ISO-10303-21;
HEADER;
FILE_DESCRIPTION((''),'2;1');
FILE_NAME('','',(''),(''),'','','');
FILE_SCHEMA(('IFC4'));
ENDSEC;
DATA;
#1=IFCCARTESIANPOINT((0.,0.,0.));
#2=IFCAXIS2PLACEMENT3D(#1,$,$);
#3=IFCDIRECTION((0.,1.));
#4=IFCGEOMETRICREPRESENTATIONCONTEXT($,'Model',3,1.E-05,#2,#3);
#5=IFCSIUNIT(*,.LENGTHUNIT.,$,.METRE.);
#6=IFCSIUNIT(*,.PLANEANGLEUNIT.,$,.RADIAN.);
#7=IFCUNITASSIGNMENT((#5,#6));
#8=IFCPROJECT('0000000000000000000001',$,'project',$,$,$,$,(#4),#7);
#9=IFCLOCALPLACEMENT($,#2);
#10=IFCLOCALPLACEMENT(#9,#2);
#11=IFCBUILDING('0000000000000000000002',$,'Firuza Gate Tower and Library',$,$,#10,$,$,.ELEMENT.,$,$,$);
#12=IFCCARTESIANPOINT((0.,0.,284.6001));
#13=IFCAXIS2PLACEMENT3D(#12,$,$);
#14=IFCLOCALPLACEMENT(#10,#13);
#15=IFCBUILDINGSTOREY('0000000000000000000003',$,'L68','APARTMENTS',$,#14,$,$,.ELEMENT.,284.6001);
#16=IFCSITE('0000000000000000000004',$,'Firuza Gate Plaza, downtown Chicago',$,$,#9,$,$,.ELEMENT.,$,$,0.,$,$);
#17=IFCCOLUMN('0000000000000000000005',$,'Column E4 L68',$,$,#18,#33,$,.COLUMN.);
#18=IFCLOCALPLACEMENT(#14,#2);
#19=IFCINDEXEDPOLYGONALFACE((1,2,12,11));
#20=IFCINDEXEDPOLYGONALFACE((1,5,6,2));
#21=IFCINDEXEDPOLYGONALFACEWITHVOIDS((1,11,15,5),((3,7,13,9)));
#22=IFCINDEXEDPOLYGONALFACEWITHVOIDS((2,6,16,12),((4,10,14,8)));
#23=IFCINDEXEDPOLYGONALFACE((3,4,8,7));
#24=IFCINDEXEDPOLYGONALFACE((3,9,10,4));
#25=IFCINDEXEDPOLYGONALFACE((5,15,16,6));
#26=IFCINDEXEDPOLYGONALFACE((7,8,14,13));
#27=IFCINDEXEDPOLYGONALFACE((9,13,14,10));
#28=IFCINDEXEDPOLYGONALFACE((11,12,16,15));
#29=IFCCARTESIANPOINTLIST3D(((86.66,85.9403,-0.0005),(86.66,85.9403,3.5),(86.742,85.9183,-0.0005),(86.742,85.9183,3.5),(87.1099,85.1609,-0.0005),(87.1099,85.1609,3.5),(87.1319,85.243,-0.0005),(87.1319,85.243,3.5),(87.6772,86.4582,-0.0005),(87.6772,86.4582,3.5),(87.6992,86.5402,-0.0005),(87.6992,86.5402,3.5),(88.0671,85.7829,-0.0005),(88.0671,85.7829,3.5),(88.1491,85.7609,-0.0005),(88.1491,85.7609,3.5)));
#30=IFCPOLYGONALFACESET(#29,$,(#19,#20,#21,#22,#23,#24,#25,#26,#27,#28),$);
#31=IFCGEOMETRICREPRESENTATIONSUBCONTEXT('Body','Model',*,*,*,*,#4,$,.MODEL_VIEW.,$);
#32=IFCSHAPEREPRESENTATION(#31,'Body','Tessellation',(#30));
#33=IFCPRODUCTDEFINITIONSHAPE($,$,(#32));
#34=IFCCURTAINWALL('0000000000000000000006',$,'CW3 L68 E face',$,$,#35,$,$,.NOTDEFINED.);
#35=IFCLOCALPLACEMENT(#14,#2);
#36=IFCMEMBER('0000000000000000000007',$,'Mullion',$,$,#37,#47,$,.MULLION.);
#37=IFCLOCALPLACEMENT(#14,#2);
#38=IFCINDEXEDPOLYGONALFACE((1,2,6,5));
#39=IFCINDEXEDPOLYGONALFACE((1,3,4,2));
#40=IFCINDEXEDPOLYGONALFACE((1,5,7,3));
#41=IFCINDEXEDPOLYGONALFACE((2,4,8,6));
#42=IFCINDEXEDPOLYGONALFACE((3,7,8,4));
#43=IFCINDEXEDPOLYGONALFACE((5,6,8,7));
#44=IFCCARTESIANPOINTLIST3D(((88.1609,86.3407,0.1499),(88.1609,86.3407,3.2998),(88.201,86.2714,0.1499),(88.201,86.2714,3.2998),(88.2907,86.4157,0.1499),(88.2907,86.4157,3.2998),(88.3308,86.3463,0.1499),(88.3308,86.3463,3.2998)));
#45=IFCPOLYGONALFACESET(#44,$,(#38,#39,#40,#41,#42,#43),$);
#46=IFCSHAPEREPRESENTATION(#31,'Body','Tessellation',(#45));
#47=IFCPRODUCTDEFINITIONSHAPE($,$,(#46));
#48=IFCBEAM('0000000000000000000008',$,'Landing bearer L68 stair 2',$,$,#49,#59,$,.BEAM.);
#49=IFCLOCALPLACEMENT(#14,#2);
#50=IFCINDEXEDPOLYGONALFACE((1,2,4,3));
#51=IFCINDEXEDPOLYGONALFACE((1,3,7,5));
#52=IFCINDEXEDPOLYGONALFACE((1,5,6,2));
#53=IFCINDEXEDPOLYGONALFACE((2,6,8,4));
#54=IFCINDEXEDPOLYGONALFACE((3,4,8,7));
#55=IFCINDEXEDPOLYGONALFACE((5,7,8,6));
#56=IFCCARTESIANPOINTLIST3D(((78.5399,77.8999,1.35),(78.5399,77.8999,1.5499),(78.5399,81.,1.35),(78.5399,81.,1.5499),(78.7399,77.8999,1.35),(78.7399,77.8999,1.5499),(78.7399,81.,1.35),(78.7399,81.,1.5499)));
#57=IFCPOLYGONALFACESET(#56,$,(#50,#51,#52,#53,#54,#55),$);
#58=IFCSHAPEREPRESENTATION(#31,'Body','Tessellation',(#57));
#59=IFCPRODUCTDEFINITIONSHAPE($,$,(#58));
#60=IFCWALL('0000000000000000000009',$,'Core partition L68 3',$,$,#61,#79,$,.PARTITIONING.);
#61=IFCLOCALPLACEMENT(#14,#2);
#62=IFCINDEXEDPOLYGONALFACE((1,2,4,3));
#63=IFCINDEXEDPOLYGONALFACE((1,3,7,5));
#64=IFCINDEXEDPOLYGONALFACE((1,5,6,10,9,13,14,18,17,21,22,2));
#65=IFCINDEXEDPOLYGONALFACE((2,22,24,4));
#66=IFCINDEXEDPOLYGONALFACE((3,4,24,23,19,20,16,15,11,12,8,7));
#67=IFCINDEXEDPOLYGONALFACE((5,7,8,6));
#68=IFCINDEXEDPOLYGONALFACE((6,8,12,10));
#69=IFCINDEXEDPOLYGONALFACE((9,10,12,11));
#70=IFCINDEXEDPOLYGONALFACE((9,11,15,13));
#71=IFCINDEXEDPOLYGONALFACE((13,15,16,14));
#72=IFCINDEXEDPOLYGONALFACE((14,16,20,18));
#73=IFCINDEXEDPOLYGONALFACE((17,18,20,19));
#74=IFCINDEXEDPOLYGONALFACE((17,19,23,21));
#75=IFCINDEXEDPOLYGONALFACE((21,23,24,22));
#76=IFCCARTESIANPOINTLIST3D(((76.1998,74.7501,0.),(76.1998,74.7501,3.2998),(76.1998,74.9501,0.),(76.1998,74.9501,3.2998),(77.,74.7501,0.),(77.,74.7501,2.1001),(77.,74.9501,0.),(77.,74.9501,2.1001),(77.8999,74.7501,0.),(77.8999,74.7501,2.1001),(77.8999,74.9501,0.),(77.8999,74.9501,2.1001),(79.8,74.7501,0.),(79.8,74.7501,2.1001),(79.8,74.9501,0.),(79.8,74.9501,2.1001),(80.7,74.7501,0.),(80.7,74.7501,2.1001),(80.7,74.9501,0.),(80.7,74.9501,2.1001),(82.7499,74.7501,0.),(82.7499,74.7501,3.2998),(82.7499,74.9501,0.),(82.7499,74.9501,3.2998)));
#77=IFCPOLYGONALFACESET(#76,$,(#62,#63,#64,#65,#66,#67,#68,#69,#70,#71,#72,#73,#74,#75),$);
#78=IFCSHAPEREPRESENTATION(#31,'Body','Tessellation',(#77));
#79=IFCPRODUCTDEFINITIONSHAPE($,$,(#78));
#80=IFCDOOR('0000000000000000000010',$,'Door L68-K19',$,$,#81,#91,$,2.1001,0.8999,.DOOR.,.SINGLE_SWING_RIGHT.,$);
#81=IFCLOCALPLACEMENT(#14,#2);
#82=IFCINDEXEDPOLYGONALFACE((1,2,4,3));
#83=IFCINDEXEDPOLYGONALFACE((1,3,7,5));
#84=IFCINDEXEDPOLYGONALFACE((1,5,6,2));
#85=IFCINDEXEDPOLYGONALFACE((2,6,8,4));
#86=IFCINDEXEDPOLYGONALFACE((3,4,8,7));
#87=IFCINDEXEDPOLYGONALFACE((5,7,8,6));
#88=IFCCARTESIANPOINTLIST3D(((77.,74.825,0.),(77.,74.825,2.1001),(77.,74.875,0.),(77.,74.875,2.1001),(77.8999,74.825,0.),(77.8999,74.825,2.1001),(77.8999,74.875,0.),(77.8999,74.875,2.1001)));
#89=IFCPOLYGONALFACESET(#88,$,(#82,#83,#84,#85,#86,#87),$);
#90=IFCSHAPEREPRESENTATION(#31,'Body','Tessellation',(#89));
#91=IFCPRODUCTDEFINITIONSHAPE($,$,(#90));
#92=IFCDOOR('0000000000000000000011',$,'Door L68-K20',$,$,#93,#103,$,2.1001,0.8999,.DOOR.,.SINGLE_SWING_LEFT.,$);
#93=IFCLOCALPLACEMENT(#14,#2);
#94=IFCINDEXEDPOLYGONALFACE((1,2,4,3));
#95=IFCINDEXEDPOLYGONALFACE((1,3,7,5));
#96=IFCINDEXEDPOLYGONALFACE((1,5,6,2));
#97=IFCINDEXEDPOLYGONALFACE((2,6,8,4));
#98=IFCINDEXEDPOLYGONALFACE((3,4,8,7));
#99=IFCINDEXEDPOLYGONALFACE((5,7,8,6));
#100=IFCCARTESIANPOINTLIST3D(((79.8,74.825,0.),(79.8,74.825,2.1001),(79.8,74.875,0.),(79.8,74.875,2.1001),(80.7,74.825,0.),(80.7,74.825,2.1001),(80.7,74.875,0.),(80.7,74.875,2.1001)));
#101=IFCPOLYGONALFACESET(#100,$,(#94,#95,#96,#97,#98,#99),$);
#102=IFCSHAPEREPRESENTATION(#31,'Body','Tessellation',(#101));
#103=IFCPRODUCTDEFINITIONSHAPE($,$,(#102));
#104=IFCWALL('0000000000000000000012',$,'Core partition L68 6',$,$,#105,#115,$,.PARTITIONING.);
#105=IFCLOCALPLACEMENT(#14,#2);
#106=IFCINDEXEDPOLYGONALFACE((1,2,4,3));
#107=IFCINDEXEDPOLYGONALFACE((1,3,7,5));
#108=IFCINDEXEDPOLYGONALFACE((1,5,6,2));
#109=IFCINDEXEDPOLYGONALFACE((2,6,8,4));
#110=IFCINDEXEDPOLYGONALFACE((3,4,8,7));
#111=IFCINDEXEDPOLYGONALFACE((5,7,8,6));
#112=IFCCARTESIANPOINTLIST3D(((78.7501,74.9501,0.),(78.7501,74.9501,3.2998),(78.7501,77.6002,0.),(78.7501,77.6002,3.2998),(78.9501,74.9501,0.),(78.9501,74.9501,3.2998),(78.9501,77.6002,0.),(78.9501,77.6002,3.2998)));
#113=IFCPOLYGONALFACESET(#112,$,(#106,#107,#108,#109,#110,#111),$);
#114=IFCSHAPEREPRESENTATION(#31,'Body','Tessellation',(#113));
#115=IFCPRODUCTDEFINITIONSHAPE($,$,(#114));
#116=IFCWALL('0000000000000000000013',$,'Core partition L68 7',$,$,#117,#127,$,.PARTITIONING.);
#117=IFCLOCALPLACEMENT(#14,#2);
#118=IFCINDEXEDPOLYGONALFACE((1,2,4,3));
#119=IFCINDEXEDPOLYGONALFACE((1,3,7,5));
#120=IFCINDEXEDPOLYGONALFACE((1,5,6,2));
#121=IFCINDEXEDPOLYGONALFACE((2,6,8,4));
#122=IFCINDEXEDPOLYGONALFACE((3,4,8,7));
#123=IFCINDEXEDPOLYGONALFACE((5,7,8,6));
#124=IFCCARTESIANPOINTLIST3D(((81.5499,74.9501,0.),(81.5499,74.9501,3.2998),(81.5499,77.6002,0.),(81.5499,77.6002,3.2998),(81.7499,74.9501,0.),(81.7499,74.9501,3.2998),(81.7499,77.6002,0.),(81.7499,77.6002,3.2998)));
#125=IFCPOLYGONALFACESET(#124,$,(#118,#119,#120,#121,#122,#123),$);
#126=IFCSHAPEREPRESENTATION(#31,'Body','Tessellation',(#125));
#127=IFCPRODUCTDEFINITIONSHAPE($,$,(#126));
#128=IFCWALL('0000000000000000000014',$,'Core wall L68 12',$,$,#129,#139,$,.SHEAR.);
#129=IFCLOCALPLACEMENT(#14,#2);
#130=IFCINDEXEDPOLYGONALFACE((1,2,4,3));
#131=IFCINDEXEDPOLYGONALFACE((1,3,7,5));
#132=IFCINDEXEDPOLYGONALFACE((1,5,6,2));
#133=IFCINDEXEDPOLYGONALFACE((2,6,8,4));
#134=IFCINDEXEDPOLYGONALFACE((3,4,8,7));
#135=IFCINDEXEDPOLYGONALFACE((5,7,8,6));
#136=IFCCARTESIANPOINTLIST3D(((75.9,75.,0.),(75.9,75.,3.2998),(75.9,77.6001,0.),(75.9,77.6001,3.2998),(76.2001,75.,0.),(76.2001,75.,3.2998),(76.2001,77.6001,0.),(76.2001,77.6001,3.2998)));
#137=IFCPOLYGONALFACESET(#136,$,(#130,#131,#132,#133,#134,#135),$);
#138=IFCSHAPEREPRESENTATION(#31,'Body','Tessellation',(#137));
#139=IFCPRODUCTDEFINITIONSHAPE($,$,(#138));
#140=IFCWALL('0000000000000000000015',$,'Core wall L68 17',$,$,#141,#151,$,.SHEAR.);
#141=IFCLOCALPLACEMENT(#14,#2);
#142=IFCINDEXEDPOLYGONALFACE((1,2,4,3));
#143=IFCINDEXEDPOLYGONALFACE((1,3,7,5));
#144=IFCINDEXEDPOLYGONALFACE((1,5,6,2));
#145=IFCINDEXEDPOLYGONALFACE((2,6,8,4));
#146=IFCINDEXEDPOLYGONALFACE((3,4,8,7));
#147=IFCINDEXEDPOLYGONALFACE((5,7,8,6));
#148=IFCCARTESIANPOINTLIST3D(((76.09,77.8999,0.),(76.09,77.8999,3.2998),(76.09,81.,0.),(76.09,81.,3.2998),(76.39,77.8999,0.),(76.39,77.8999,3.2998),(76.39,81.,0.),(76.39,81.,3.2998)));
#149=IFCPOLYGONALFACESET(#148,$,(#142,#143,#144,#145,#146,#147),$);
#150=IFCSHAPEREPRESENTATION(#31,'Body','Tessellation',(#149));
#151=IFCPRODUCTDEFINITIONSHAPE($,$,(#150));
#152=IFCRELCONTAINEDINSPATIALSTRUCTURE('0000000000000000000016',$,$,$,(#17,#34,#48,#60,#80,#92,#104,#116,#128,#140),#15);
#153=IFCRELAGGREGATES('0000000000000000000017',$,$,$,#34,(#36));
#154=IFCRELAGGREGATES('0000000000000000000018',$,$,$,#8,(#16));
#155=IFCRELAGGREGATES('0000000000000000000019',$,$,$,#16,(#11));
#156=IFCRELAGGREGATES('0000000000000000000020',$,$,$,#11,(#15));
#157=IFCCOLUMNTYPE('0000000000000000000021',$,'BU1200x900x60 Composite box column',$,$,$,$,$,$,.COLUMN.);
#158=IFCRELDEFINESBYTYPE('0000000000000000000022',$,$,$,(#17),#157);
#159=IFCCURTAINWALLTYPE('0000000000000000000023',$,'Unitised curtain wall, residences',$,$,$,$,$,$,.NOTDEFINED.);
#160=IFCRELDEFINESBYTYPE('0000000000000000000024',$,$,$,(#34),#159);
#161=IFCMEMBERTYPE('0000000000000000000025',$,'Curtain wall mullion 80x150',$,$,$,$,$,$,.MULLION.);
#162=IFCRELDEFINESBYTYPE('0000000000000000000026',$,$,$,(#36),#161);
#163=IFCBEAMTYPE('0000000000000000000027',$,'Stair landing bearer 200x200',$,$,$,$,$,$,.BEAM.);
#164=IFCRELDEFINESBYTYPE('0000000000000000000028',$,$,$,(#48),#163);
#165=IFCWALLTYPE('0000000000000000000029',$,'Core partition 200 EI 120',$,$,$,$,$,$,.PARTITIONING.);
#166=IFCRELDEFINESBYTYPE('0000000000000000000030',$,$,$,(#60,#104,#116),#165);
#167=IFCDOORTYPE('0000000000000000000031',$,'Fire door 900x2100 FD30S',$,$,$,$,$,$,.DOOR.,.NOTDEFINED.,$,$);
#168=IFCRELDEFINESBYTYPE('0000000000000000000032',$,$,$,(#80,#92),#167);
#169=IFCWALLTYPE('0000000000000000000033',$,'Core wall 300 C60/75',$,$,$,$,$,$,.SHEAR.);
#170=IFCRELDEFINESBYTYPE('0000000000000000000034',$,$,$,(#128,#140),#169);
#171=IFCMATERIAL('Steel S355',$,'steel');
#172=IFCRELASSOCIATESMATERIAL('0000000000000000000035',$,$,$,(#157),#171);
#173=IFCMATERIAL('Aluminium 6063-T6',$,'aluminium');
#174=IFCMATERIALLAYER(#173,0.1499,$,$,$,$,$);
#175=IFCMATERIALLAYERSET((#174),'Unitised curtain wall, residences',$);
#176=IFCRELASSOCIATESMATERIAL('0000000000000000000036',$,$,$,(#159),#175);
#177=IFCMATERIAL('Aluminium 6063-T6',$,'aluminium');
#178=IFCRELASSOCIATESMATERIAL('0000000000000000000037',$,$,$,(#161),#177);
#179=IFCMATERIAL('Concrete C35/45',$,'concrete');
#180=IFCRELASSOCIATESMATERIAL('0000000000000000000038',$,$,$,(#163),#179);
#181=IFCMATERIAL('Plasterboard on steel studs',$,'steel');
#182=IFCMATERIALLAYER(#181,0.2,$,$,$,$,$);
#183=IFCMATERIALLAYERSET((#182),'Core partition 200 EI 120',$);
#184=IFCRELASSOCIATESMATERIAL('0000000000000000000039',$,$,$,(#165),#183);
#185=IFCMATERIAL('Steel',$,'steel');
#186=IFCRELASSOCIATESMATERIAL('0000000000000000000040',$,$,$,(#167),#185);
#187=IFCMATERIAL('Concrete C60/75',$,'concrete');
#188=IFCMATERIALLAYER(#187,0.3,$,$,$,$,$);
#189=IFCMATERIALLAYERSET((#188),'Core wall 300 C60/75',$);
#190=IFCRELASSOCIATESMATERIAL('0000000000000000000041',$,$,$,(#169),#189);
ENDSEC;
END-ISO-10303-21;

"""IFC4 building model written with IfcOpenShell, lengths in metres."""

from ifc_helpers import new_model, si_unit, direction, frame, frame_2d, origin, origin_2d, place, context, subcontext, project, spatial, rectangle, hollow_rectangle, extrude, material, layer, layer_set, material_profile, profile_set, type_object, element, fill, aggregate, save


model = new_model("IFC4")

# Units and contexts
model_context = context("Model", 3, precision=1e-05, world=origin(), true_north=direction((0.0, 1.0)))
body_context = subcontext(model_context, "Body", "Model", "MODEL_VIEW")
ifc_project = project(units=[si_unit("LENGTHUNIT", "METRE"), si_unit("PLANEANGLEUNIT", "RADIAN")], contexts=[model_context])

# Site, building, storey
site_placement = place(None, origin())
site = spatial("IfcSite", under=ifc_project, at=site_placement, Name="Firuza Gate Plaza, downtown Chicago", CompositionType="ELEMENT", RefElevation=0.0)
building_placement = place(site_placement, origin())
building = spatial("IfcBuilding", under=site, at=building_placement, Name="Firuza Gate Tower and Library", CompositionType="ELEMENT")
storey_placement = place(building_placement, frame((0.0, 0.0, 284.6001)))
storey = spatial("IfcBuildingStorey", under=building, at=storey_placement, Name="L68", Description="APARTMENTS", CompositionType="ELEMENT", Elevation=284.6001)

# Column
ifc_material_1 = material(Name="Steel S355", Category="steel")
ifc_material_profile_1 = material_profile(ifc_material_1, hollow_rectangle(XDim=0.8999, YDim=1.2, WallThickness=0.0601, at=origin_2d()))
ifc_profile_set_1 = profile_set([ifc_material_profile_1], Name="Steel S355")
column_type = type_object("IfcColumnType", Name="BU1200x900x60 Composite box column", PredefinedType="COLUMN", material=ifc_profile_set_1)
column_placement = place(storey_placement, frame((87.4045, 85.8506, -0.0005), z_axis=(0.0, 0.0, 1.0), x_axis=(-0.5, 0.866025, 0.0)))
element("IfcColumn", 1, at=column_placement, inside=storey, type_object=column_type, Name="Column E4 L68", PredefinedType="COLUMN", context=body_context, shape_type="SweptSolid", body=[
    extrude(hollow_rectangle(XDim=0.8999, YDim=1.2, WallThickness=0.0601, at=origin_2d()), origin(), (0.0, 0.0, 1.0), 3.5005),
])

# Curtain wall, member
ifc_material_2 = material(Name="Aluminium 6063-T6", Category="aluminium")
ifc_layer_1 = layer(ifc_material_2, 0.1499)
ifc_layer_set_1 = layer_set([ifc_layer_1], Name="Unitised curtain wall, residences")
curtain_wall_type = type_object("IfcCurtainWallType", Name="Unitised curtain wall, residences", PredefinedType="NOTDEFINED", material=ifc_layer_set_1)
placement = place(storey_placement, origin())
curtain_wall = element("IfcCurtainWall", 2, at=placement, inside=storey, type_object=curtain_wall_type, Name="CW3 L68 E face", PredefinedType="NOTDEFINED")
ifc_material_3 = material(Name="Aluminium 6063-T6", Category="aluminium")
ifc_material_profile_2 = material_profile(ifc_material_3, rectangle(XDim=0.1499, YDim=0.0801, at=origin_2d()))
ifc_profile_set_2 = profile_set([ifc_material_profile_2], Name="Aluminium 6063-T6")
member_type = type_object("IfcMemberType", Name="Curtain wall mullion 80x150", PredefinedType="MULLION", material=ifc_profile_set_2)
member_placement = place(storey_placement, frame((88.2458, 86.3435, 0.1499), z_axis=(0.0, 0.0, 1.0), x_axis=(-0.866025, -0.5, 0.0)))
member = element("IfcMember", 3, at=member_placement, type_object=member_type, Name="Mullion", PredefinedType="MULLION", context=body_context, shape_type="SweptSolid", body=[
    extrude(rectangle(XDim=0.1499, YDim=0.0801, at=origin_2d()), origin(), (0.0, 0.0, 1.0), 3.1499),
])
aggregate(curtain_wall, [member])

# Beam
ifc_material_4 = material(Name="Concrete C35/45", Category="concrete")
ifc_material_profile_3 = material_profile(ifc_material_4, rectangle(XDim=0.2, YDim=0.2, at=origin_2d()))
ifc_profile_set_3 = profile_set([ifc_material_profile_3], Name="Concrete C35/45")
beam_type = type_object("IfcBeamType", Name="Stair landing bearer 200x200", PredefinedType="BEAM", material=ifc_profile_set_3)
beam_placement = place(storey_placement, frame((78.6399, 81.0, 1.45), z_axis=(0.0, -1.0, 0.0), x_axis=(1.0, 0.0, 0.0)))
element("IfcBeam", 4, at=beam_placement, inside=storey, type_object=beam_type, Name="Landing bearer L68 stair 2", PredefinedType="BEAM", context=body_context, shape_type="SweptSolid", body=[
    extrude(rectangle(XDim=0.2, YDim=0.2, at=origin_2d()), origin(), (0.0, 0.0, 1.0), 3.1001),
])

# Wall, openings, doors
ifc_material_5 = material(Name="Plasterboard on steel studs", Category="steel")
ifc_layer_2 = layer(ifc_material_5, 0.2)
ifc_layer_set_2 = layer_set([ifc_layer_2], Name="Core partition 200 EI 120")
wall_type_1 = type_object("IfcWallType", Name="Core partition 200 EI 120", PredefinedType="PARTITIONING", material=ifc_layer_set_2)
wall_1_placement = place(storey_placement, frame((76.2, 74.8501, 0.0), z_axis=(0.0, 0.0, 1.0), x_axis=(1.0, 0.0, 0.0)))
wall_1 = element("IfcWall", 5, at=wall_1_placement, inside=storey, type_object=wall_type_1, Name="Core partition L68 3", PredefinedType="PARTITIONING", context=body_context, shape_type="SweptSolid", body=[
    extrude(rectangle(XDim=6.55, YDim=0.2, at=frame_2d((3.2749, 0.0))), origin(), (0.0, 0.0, 1.0), 3.2998),
])
opening_1_placement = place(wall_1_placement, frame((0.8, 0.0, 0.0)))
opening_1 = element("IfcOpeningElement", 6, at=opening_1_placement, cuts=wall_1, PredefinedType="OPENING", context=body_context, shape_type="SweptSolid", body=[
    extrude(rectangle(XDim=0.8999, YDim=2.1001, at=frame_2d((0.45, 1.05))), frame((0.0, 0.1099, 0.0), z_axis=(0.0, -1.0, 0.0), x_axis=(1.0, 0.0, 0.0)), (0.0, 0.0, 1.0), 0.22),
])
opening_2_placement = place(wall_1_placement, frame((3.6001, 0.0, 0.0)))
opening_2 = element("IfcOpeningElement", 7, at=opening_2_placement, cuts=wall_1, PredefinedType="OPENING", context=body_context, shape_type="SweptSolid", body=[
    extrude(rectangle(XDim=0.8999, YDim=2.1001, at=frame_2d((0.45, 1.05))), frame((0.0, 0.1099, 0.0), z_axis=(0.0, -1.0, 0.0), x_axis=(1.0, 0.0, 0.0)), (0.0, 0.0, 1.0), 0.22),
])
ifc_material_6 = material(Name="Steel", Category="steel")
door_type_1 = type_object("IfcDoorType", Name="Fire door 900x2100 FD30S", OperationType="NOTDEFINED", PredefinedType="DOOR", material=ifc_material_6)
door_1_placement = place(opening_1_placement, origin())
door_1 = element("IfcDoor", 8, at=door_1_placement, inside=storey, type_object=door_type_1, Name="Door L68-K19", OperationType="SINGLE_SWING_RIGHT", OverallHeight=2.1001, OverallWidth=0.8999, PredefinedType="DOOR", context=body_context, shape_type="SweptSolid", body=[
    extrude(rectangle(XDim=0.8999, YDim=2.1001, at=frame_2d((0.45, 1.05))), frame((0.0, 0.0249, 0.0), z_axis=(0.0, -1.0, 0.0), x_axis=(1.0, 0.0, 0.0)), (0.0, 0.0, 1.0), 0.05),
])
fill(opening_1, door_1)
door_2_placement = place(opening_2_placement, origin())
door_2 = element("IfcDoor", 9, at=door_2_placement, inside=storey, type_object=door_type_1, Name="Door L68-K20", OperationType="SINGLE_SWING_LEFT", OverallHeight=2.1001, OverallWidth=0.8999, PredefinedType="DOOR", context=body_context, shape_type="SweptSolid", body=[
    extrude(rectangle(XDim=0.8999, YDim=2.1001, at=frame_2d((0.45, 1.05))), frame((0.0, 0.0249, 0.0), z_axis=(0.0, -1.0, 0.0), x_axis=(1.0, 0.0, 0.0)), (0.0, 0.0, 1.0), 0.05),
])
fill(opening_2, door_2)

# Walls
for number, where, z_axis, x_axis, name in (
    (10, (78.8501, 74.95, 0.0), (0.0, 0.0, 1.0), (0.0, 1.0, 0.0), "Core partition L68 6"),
    (11, (81.6499, 74.95, 0.0), (0.0, 0.0, 1.0), (0.0, 1.0, 0.0), "Core partition L68 7"),
):
    element("IfcWall", number, at=place(storey_placement, frame(where, z_axis=z_axis, x_axis=x_axis)), inside=storey, type_object=wall_type_1, Name=name, PredefinedType="PARTITIONING", context=body_context, shape_type="SweptSolid", body=[
        extrude(rectangle(XDim=2.6501, YDim=0.2, at=frame_2d((1.3252, 0.0))), origin(), (0.0, 0.0, 1.0), 3.2998),
    ])
ifc_material_7 = material(Name="Concrete C60/75", Category="concrete")
ifc_layer_3 = layer(ifc_material_7, 0.3)
ifc_layer_set_3 = layer_set([ifc_layer_3], Name="Core wall 300 C60/75")
wall_type_2 = type_object("IfcWallType", Name="Core wall 300 C60/75", PredefinedType="SHEAR", material=ifc_layer_set_3)
wall_2_placement = place(storey_placement, frame((76.05, 75.0, 0.0), z_axis=(0.0, 0.0, 1.0), x_axis=(0.0, 1.0, 0.0)))
element("IfcWall", 12, at=wall_2_placement, inside=storey, type_object=wall_type_2, Name="Core wall L68 12", PredefinedType="SHEAR", context=body_context, shape_type="SweptSolid", body=[
    extrude(rectangle(XDim=2.6001, YDim=0.3, at=frame_2d((1.3, 0.0))), origin(), (0.0, 0.0, 1.0), 3.2998),
])
wall_3_placement = place(storey_placement, frame((76.24, 77.8999, 0.0), z_axis=(0.0, 0.0, 1.0), x_axis=(0.0, 1.0, 0.0)))
element("IfcWall", 13, at=wall_3_placement, inside=storey, type_object=wall_type_2, Name="Core wall L68 17", PredefinedType="SHEAR", context=body_context, shape_type="SweptSolid", body=[
    extrude(rectangle(XDim=3.1001, YDim=0.3, at=frame_2d((1.55, 0.0))), origin(), (0.0, 0.0, 1.0), 3.2998),
])

save(model, "model.ifc")
